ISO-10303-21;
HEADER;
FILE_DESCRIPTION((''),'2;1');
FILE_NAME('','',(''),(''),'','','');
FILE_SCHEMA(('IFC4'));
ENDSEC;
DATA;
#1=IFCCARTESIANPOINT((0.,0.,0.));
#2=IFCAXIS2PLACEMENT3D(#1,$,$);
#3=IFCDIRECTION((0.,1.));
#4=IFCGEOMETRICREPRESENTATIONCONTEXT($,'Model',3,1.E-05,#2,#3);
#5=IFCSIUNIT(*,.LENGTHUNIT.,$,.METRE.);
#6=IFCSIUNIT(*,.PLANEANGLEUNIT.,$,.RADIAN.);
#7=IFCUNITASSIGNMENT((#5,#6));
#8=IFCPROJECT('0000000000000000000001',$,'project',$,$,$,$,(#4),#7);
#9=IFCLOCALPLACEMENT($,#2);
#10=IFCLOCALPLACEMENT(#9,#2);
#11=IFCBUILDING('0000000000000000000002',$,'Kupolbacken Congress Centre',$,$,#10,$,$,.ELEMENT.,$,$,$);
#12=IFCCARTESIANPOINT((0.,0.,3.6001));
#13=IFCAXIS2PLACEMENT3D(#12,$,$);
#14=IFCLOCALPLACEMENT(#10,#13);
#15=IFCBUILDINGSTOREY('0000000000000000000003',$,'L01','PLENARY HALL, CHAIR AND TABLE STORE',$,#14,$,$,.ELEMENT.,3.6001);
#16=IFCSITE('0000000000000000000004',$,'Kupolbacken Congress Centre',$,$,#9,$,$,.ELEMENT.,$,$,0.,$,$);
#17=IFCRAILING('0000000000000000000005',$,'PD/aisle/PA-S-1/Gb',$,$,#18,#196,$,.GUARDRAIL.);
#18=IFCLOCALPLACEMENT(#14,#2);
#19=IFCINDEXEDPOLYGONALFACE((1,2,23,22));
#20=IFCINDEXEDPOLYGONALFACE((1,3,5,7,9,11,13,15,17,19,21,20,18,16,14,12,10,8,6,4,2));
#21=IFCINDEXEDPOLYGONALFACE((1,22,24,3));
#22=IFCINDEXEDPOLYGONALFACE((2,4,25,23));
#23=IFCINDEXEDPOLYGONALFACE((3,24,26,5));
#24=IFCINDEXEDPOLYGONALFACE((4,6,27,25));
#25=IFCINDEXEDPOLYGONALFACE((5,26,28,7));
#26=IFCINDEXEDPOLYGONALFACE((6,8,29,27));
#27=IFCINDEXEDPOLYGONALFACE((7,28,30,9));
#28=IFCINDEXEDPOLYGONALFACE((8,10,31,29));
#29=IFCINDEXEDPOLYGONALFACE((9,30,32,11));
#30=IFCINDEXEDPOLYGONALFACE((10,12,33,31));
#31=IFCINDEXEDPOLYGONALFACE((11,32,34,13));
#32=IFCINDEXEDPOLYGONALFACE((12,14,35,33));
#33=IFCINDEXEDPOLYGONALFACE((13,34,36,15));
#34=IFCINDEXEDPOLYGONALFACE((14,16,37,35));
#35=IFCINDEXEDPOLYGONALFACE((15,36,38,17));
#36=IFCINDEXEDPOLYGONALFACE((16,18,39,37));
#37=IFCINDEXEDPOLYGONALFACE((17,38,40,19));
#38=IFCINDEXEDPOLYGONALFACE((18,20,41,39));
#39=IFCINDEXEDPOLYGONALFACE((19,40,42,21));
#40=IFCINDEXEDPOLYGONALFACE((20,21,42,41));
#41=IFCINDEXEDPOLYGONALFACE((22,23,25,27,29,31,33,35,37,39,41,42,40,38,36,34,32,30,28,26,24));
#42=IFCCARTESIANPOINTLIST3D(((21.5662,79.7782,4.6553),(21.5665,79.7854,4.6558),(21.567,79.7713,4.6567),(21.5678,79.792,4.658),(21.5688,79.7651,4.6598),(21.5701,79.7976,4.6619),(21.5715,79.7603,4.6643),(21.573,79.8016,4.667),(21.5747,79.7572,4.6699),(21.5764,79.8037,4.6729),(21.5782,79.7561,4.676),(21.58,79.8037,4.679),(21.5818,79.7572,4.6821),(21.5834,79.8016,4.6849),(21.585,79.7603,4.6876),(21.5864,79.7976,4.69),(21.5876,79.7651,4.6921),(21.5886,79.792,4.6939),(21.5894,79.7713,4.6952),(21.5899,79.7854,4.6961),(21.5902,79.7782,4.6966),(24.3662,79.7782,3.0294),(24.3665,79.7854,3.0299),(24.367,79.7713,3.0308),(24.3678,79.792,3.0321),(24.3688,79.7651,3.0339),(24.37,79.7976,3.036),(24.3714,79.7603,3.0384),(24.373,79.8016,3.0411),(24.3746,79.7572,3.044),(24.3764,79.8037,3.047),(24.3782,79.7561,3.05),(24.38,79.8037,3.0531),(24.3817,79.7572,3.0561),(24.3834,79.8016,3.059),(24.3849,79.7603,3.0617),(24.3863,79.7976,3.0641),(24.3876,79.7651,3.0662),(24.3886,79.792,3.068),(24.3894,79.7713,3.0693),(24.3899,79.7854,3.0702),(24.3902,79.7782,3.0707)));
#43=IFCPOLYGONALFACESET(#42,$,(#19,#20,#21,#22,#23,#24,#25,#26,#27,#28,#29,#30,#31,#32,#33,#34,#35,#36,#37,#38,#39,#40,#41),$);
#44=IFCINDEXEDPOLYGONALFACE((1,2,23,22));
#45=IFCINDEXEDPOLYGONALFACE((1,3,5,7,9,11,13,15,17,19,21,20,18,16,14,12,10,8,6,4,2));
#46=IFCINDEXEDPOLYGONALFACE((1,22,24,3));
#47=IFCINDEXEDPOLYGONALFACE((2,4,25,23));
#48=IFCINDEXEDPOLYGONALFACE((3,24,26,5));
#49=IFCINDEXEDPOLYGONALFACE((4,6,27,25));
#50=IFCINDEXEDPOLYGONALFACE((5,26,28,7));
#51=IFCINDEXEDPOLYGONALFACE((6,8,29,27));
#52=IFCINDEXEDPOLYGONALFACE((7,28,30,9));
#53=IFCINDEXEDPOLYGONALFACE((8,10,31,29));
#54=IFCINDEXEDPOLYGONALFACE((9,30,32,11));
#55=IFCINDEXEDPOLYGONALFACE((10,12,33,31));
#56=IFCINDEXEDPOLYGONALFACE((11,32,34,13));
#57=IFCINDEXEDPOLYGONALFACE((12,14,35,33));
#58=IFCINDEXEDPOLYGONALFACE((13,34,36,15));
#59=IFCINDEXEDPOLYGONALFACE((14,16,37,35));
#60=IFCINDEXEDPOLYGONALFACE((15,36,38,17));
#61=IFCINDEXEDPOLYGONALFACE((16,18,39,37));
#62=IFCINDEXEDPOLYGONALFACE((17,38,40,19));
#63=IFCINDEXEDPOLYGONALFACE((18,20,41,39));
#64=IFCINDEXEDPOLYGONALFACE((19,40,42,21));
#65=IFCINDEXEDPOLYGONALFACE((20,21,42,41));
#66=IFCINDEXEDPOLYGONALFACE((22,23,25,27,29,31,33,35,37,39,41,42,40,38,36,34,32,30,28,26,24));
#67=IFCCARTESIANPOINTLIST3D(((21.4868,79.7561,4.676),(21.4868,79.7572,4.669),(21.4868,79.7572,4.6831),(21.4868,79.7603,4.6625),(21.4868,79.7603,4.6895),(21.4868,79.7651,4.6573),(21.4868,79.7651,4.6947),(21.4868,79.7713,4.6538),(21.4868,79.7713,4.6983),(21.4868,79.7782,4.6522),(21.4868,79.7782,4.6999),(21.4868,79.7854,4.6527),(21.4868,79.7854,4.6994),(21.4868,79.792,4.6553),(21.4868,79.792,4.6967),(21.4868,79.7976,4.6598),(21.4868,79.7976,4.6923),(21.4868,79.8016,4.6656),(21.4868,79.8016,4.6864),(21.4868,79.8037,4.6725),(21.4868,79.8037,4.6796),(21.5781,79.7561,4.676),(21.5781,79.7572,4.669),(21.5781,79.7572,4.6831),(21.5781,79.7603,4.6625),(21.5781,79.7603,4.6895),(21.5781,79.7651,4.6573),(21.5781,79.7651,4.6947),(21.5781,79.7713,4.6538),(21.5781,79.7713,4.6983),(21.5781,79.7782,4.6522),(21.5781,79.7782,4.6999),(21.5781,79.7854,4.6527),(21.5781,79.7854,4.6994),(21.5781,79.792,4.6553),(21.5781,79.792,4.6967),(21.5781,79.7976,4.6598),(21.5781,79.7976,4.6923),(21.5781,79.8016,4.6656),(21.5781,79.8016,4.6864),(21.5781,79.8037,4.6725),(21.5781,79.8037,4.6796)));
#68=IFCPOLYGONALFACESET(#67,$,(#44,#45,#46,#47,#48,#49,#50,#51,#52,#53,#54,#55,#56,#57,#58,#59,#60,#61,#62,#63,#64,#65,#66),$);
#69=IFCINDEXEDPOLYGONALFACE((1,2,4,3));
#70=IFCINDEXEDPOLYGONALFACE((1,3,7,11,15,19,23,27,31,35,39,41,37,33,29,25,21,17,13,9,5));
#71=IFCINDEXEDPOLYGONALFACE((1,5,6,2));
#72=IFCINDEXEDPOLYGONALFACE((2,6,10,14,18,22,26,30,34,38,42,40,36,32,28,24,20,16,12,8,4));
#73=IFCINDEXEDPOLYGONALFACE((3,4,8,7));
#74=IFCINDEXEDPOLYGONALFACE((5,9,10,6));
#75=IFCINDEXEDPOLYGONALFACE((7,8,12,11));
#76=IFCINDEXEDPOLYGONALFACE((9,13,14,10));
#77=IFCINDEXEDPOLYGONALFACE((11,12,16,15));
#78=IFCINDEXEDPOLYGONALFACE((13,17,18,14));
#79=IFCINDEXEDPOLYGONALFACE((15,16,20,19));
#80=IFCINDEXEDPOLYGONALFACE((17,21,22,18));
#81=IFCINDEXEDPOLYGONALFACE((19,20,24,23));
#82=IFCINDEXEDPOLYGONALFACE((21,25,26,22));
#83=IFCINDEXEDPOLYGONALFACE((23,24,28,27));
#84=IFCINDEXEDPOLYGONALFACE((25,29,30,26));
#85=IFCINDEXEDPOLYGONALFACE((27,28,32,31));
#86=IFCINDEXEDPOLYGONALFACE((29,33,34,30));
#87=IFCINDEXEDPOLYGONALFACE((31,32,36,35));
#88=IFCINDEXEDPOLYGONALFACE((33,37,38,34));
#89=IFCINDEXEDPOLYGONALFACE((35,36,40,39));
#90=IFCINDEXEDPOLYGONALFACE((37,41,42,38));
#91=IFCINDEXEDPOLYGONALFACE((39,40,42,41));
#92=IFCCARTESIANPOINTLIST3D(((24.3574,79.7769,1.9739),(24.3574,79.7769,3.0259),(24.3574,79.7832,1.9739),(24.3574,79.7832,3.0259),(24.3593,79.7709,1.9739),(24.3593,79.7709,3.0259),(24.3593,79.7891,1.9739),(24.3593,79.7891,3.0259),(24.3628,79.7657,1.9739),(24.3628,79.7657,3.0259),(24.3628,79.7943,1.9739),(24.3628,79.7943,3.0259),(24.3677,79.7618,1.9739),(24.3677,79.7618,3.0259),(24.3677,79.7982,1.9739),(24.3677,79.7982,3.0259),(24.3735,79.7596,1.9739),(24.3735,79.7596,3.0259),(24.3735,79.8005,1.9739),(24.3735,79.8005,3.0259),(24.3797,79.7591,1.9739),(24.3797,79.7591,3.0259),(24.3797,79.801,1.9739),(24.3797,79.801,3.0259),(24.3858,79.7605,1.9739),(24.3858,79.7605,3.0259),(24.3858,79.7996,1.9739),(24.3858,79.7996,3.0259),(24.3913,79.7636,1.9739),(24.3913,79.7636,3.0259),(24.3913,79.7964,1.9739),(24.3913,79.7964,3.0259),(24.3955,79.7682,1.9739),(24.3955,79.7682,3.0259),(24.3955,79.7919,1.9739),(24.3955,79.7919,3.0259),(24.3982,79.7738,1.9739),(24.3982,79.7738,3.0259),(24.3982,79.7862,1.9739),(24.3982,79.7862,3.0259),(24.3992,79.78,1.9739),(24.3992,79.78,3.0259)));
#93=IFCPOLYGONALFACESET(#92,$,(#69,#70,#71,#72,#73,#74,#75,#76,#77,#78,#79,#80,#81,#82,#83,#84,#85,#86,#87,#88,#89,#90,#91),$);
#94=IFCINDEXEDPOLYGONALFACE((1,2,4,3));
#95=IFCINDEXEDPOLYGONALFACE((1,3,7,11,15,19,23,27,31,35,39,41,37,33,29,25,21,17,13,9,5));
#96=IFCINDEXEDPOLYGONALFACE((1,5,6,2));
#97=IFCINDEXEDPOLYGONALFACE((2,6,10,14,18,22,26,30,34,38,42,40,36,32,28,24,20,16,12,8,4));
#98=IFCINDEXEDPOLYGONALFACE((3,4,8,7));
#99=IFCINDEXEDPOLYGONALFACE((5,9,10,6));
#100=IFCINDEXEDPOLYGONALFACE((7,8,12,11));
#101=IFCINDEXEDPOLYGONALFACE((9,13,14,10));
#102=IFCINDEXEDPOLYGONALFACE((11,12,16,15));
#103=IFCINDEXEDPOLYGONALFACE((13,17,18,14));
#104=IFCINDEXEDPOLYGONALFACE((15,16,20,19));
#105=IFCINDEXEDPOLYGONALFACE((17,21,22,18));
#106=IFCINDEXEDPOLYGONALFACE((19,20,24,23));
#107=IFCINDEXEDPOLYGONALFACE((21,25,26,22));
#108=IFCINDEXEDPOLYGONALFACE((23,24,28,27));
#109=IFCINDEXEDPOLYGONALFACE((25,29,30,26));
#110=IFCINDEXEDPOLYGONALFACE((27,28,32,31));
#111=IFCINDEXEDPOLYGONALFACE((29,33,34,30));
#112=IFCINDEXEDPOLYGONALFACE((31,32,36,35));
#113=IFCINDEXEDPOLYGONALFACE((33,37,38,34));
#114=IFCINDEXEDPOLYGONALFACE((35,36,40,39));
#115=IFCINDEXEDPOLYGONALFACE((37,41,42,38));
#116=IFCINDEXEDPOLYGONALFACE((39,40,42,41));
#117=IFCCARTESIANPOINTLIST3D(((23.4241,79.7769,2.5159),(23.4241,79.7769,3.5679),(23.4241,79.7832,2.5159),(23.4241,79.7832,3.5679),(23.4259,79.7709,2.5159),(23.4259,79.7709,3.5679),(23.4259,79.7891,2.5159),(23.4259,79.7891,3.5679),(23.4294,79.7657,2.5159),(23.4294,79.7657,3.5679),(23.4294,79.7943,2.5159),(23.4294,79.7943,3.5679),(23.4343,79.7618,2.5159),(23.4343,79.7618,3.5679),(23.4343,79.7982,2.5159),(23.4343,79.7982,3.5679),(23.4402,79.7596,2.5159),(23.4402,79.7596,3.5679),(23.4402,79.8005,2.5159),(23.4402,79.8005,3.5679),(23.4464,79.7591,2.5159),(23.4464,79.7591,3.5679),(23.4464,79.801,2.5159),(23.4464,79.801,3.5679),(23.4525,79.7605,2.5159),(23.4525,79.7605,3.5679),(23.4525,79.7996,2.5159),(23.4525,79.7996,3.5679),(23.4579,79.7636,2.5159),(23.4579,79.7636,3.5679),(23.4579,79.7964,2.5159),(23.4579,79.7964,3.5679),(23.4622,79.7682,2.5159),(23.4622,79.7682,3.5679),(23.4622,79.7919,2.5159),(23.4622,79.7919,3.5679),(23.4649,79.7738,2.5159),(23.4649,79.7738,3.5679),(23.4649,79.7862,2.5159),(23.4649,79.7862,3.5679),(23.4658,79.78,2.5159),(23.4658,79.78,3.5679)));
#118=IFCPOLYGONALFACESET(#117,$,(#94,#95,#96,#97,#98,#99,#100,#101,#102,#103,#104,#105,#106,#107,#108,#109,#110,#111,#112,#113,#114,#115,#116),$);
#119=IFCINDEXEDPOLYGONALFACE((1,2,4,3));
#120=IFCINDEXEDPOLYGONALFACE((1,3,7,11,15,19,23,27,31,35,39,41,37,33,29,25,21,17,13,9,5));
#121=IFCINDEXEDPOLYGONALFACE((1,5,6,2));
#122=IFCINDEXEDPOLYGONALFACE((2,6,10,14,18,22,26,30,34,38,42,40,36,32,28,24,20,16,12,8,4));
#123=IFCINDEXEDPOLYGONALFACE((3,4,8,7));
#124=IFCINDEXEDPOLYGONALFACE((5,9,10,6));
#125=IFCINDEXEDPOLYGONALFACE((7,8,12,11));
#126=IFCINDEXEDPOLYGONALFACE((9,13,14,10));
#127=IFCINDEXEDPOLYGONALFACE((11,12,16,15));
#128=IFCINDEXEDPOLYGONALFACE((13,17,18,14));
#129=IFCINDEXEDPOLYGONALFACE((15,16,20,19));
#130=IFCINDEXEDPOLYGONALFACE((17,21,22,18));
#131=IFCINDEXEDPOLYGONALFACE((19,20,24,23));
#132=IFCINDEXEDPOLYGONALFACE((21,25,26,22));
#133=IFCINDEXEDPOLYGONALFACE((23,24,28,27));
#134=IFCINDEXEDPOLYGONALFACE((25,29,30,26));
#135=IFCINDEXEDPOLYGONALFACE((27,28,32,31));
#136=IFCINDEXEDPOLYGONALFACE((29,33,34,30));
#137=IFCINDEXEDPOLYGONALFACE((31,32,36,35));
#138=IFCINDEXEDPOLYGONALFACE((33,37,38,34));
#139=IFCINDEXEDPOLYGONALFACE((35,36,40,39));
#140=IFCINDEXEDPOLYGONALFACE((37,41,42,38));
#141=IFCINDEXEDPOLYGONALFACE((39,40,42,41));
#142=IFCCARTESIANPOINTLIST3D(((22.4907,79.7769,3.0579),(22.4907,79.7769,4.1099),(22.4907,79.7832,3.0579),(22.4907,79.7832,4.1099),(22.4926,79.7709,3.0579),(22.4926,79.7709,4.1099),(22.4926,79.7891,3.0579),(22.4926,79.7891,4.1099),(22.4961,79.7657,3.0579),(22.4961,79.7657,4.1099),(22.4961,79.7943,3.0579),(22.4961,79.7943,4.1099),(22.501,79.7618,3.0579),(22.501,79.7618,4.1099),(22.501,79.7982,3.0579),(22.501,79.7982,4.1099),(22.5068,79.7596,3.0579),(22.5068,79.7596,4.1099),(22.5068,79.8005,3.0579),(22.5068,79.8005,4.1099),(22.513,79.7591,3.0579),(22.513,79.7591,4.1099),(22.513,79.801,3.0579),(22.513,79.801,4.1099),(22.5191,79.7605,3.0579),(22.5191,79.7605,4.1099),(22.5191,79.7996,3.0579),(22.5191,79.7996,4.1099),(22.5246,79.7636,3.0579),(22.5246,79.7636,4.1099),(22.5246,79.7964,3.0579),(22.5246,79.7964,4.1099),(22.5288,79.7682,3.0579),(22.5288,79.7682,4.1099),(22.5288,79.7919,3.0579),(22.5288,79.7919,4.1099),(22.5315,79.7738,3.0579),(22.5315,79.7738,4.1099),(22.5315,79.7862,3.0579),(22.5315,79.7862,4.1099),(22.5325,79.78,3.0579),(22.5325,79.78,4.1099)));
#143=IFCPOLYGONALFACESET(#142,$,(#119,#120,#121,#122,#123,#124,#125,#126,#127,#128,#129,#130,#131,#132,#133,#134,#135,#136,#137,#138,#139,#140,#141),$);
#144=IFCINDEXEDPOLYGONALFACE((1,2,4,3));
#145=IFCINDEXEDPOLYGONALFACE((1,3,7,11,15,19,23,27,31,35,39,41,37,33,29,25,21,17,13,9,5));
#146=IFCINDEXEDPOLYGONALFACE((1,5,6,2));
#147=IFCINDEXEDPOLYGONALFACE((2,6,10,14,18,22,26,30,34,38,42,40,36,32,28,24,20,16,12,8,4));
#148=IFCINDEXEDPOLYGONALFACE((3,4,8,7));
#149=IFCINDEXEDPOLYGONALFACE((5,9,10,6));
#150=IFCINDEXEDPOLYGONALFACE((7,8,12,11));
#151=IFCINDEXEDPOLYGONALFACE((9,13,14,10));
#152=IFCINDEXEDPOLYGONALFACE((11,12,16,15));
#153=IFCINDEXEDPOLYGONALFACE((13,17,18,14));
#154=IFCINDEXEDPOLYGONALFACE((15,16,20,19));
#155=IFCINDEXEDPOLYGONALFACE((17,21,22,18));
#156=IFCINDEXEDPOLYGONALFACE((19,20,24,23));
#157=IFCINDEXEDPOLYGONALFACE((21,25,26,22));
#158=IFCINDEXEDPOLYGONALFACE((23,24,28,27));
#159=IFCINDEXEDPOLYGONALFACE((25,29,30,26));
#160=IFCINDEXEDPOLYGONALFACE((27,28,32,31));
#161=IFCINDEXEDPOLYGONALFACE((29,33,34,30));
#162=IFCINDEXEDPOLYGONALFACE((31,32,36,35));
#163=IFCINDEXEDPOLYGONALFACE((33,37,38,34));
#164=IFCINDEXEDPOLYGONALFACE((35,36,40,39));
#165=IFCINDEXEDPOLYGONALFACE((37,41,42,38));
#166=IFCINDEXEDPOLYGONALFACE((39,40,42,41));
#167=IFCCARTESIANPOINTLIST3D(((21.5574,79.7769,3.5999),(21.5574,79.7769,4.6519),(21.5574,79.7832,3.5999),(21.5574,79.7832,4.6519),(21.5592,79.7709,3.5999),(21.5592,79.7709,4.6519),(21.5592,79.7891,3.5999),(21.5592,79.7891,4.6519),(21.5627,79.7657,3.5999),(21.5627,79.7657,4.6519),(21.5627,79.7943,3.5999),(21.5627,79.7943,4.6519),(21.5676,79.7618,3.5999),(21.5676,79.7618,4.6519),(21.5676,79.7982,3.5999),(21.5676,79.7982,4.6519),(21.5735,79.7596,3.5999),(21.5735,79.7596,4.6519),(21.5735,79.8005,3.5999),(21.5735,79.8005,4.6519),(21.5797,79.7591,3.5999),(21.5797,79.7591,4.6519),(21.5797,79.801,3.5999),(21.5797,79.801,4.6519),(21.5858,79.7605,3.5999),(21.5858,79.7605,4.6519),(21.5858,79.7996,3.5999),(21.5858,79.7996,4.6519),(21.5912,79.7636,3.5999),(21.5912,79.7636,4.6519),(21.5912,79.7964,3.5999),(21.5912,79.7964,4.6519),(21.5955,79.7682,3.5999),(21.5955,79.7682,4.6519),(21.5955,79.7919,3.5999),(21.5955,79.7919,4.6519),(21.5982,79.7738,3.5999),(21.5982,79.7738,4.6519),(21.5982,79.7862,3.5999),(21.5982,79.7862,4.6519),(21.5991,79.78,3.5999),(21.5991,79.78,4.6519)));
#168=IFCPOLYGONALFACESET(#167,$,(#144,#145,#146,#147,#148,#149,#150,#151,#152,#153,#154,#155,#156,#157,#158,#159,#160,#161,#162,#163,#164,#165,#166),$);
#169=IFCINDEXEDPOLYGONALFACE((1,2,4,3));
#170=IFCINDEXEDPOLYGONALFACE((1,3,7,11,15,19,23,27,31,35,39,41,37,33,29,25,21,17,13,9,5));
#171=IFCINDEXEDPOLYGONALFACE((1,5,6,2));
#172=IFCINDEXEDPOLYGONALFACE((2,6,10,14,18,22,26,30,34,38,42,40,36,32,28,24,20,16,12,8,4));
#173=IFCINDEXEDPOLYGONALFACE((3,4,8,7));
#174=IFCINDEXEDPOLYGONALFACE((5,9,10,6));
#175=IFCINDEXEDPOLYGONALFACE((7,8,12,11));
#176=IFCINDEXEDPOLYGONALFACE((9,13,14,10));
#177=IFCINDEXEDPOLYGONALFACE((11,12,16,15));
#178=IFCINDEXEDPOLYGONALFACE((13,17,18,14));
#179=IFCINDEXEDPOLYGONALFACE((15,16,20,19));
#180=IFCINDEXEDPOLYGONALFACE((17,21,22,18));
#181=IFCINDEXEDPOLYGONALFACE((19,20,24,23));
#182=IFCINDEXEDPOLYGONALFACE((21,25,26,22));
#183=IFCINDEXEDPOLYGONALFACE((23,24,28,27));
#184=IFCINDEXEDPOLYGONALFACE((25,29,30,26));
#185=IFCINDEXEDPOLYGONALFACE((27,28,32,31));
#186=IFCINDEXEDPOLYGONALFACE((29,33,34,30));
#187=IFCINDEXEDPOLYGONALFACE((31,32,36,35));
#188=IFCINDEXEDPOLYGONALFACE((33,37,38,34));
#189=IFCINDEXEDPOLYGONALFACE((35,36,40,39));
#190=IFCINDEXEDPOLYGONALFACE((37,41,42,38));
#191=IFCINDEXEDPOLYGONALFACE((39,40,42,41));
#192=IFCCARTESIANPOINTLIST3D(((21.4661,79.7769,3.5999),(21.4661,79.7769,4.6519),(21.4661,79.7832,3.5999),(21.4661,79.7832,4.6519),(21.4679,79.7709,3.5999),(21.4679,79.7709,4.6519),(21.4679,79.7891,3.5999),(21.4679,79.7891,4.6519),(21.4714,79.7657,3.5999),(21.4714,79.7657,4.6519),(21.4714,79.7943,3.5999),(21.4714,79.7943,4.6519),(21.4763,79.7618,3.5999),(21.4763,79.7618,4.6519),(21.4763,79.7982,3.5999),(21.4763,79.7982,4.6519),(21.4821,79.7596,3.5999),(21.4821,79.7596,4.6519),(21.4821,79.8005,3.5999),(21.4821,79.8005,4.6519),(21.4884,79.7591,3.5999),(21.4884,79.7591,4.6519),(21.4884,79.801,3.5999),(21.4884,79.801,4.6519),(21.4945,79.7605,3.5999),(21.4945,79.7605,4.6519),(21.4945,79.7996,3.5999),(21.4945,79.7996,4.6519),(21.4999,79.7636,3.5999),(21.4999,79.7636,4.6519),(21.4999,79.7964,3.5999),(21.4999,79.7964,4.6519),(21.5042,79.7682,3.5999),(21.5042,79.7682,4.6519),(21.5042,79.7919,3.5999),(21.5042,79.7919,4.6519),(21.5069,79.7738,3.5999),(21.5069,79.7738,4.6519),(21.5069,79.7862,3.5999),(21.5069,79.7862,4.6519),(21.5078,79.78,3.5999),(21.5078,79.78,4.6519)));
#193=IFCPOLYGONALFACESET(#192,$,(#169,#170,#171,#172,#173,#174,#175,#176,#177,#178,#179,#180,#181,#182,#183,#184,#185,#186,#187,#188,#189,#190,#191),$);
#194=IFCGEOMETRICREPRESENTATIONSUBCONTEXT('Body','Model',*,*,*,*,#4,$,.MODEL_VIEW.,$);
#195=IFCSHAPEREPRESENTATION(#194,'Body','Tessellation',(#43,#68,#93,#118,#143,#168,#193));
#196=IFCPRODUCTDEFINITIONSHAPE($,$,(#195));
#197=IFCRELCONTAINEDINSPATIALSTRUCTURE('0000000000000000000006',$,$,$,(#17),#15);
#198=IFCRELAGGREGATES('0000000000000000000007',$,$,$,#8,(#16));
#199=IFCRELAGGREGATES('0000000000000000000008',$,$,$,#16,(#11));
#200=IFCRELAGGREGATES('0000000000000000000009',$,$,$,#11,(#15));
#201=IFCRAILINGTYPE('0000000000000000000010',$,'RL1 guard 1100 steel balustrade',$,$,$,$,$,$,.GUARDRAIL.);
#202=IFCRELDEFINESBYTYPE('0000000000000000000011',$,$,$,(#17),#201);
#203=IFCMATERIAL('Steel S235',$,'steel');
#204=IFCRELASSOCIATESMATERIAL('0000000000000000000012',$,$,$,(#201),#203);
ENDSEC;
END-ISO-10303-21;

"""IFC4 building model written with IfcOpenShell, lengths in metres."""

from ifc_helpers import new_model, si_unit, direction, frame, origin, origin_2d, place, context, subcontext, project, spatial, circle, extrude, material, type_object, element, save


model = new_model("IFC4")

# Units and contexts
model_context = context("Model", 3, precision=1e-05, world=origin(), true_north=direction((0.0, 1.0)))
body_context = subcontext(model_context, "Body", "Model", "MODEL_VIEW")
ifc_project = project(units=[si_unit("LENGTHUNIT", "METRE"), si_unit("PLANEANGLEUNIT", "RADIAN")], contexts=[model_context])

# Site, building, storey
site_placement = place(None, origin())
site = spatial("IfcSite", under=ifc_project, at=site_placement, Name="Kupolbacken Congress Centre", CompositionType="ELEMENT", RefElevation=0.0)
building_placement = place(site_placement, origin())
building = spatial("IfcBuilding", under=site, at=building_placement, Name="Kupolbacken Congress Centre", CompositionType="ELEMENT")
storey_placement = place(building_placement, frame((0.0, 0.0, 3.6001)))
storey = spatial("IfcBuildingStorey", under=building, at=storey_placement, Name="L01", Description="PLENARY HALL, CHAIR AND TABLE STORE", CompositionType="ELEMENT", Elevation=3.6001)

# Railing
ifc_material_1 = material(Name="Steel S235", Category="steel")
railing_type_1 = type_object("IfcRailingType", Name="RL1 guard 1100 steel balustrade", PredefinedType="GUARDRAIL", material=ifc_material_1)
railing_placement = place(storey_placement, frame((24.3782, 79.78, 1.9739)))
element("IfcRailing", 1, at=railing_placement, inside=storey, type_object=railing_type_1, Name="PD/aisle/PA-S-1/Gb", PredefinedType="GUARDRAIL", context=body_context, shape_type="SweptSolid", body=[
    extrude(circle(Radius=0.0239, at=origin_2d()), frame((0.0, 0.0, 1.0762), z_axis=(-0.86477, 0.0, 0.502168), x_axis=(0.0, -1.0, 0.0)), (0.0, 0.0, 1.0), 3.2378),
    extrude(circle(Radius=0.0239, at=origin_2d()), frame((-2.8, 0.0, 2.7021), z_axis=(-1.0, 0.0, 0.0), x_axis=(0.0, -1.0, 0.0)), (0.0, 0.0, 1.0), 0.0913),
    extrude(circle(Radius=0.021, at=origin_2d()), origin(), (0.0, 0.0, 1.0), 1.052),
    extrude(circle(Radius=0.021, at=origin_2d()), frame((-0.9333, 0.0, 0.542)), (0.0, 0.0, 1.0), 1.052),
    extrude(circle(Radius=0.021, at=origin_2d()), frame((-1.8667, 0.0, 1.084)), (0.0, 0.0, 1.0), 1.052),
    extrude(circle(Radius=0.021, at=origin_2d()), frame((-2.8, 0.0, 1.626)), (0.0, 0.0, 1.0), 1.052),
    extrude(circle(Radius=0.021, at=origin_2d()), frame((-2.8914, 0.0, 1.626)), (0.0, 0.0, 1.0), 1.052),
])

save(model, "model.ifc")
